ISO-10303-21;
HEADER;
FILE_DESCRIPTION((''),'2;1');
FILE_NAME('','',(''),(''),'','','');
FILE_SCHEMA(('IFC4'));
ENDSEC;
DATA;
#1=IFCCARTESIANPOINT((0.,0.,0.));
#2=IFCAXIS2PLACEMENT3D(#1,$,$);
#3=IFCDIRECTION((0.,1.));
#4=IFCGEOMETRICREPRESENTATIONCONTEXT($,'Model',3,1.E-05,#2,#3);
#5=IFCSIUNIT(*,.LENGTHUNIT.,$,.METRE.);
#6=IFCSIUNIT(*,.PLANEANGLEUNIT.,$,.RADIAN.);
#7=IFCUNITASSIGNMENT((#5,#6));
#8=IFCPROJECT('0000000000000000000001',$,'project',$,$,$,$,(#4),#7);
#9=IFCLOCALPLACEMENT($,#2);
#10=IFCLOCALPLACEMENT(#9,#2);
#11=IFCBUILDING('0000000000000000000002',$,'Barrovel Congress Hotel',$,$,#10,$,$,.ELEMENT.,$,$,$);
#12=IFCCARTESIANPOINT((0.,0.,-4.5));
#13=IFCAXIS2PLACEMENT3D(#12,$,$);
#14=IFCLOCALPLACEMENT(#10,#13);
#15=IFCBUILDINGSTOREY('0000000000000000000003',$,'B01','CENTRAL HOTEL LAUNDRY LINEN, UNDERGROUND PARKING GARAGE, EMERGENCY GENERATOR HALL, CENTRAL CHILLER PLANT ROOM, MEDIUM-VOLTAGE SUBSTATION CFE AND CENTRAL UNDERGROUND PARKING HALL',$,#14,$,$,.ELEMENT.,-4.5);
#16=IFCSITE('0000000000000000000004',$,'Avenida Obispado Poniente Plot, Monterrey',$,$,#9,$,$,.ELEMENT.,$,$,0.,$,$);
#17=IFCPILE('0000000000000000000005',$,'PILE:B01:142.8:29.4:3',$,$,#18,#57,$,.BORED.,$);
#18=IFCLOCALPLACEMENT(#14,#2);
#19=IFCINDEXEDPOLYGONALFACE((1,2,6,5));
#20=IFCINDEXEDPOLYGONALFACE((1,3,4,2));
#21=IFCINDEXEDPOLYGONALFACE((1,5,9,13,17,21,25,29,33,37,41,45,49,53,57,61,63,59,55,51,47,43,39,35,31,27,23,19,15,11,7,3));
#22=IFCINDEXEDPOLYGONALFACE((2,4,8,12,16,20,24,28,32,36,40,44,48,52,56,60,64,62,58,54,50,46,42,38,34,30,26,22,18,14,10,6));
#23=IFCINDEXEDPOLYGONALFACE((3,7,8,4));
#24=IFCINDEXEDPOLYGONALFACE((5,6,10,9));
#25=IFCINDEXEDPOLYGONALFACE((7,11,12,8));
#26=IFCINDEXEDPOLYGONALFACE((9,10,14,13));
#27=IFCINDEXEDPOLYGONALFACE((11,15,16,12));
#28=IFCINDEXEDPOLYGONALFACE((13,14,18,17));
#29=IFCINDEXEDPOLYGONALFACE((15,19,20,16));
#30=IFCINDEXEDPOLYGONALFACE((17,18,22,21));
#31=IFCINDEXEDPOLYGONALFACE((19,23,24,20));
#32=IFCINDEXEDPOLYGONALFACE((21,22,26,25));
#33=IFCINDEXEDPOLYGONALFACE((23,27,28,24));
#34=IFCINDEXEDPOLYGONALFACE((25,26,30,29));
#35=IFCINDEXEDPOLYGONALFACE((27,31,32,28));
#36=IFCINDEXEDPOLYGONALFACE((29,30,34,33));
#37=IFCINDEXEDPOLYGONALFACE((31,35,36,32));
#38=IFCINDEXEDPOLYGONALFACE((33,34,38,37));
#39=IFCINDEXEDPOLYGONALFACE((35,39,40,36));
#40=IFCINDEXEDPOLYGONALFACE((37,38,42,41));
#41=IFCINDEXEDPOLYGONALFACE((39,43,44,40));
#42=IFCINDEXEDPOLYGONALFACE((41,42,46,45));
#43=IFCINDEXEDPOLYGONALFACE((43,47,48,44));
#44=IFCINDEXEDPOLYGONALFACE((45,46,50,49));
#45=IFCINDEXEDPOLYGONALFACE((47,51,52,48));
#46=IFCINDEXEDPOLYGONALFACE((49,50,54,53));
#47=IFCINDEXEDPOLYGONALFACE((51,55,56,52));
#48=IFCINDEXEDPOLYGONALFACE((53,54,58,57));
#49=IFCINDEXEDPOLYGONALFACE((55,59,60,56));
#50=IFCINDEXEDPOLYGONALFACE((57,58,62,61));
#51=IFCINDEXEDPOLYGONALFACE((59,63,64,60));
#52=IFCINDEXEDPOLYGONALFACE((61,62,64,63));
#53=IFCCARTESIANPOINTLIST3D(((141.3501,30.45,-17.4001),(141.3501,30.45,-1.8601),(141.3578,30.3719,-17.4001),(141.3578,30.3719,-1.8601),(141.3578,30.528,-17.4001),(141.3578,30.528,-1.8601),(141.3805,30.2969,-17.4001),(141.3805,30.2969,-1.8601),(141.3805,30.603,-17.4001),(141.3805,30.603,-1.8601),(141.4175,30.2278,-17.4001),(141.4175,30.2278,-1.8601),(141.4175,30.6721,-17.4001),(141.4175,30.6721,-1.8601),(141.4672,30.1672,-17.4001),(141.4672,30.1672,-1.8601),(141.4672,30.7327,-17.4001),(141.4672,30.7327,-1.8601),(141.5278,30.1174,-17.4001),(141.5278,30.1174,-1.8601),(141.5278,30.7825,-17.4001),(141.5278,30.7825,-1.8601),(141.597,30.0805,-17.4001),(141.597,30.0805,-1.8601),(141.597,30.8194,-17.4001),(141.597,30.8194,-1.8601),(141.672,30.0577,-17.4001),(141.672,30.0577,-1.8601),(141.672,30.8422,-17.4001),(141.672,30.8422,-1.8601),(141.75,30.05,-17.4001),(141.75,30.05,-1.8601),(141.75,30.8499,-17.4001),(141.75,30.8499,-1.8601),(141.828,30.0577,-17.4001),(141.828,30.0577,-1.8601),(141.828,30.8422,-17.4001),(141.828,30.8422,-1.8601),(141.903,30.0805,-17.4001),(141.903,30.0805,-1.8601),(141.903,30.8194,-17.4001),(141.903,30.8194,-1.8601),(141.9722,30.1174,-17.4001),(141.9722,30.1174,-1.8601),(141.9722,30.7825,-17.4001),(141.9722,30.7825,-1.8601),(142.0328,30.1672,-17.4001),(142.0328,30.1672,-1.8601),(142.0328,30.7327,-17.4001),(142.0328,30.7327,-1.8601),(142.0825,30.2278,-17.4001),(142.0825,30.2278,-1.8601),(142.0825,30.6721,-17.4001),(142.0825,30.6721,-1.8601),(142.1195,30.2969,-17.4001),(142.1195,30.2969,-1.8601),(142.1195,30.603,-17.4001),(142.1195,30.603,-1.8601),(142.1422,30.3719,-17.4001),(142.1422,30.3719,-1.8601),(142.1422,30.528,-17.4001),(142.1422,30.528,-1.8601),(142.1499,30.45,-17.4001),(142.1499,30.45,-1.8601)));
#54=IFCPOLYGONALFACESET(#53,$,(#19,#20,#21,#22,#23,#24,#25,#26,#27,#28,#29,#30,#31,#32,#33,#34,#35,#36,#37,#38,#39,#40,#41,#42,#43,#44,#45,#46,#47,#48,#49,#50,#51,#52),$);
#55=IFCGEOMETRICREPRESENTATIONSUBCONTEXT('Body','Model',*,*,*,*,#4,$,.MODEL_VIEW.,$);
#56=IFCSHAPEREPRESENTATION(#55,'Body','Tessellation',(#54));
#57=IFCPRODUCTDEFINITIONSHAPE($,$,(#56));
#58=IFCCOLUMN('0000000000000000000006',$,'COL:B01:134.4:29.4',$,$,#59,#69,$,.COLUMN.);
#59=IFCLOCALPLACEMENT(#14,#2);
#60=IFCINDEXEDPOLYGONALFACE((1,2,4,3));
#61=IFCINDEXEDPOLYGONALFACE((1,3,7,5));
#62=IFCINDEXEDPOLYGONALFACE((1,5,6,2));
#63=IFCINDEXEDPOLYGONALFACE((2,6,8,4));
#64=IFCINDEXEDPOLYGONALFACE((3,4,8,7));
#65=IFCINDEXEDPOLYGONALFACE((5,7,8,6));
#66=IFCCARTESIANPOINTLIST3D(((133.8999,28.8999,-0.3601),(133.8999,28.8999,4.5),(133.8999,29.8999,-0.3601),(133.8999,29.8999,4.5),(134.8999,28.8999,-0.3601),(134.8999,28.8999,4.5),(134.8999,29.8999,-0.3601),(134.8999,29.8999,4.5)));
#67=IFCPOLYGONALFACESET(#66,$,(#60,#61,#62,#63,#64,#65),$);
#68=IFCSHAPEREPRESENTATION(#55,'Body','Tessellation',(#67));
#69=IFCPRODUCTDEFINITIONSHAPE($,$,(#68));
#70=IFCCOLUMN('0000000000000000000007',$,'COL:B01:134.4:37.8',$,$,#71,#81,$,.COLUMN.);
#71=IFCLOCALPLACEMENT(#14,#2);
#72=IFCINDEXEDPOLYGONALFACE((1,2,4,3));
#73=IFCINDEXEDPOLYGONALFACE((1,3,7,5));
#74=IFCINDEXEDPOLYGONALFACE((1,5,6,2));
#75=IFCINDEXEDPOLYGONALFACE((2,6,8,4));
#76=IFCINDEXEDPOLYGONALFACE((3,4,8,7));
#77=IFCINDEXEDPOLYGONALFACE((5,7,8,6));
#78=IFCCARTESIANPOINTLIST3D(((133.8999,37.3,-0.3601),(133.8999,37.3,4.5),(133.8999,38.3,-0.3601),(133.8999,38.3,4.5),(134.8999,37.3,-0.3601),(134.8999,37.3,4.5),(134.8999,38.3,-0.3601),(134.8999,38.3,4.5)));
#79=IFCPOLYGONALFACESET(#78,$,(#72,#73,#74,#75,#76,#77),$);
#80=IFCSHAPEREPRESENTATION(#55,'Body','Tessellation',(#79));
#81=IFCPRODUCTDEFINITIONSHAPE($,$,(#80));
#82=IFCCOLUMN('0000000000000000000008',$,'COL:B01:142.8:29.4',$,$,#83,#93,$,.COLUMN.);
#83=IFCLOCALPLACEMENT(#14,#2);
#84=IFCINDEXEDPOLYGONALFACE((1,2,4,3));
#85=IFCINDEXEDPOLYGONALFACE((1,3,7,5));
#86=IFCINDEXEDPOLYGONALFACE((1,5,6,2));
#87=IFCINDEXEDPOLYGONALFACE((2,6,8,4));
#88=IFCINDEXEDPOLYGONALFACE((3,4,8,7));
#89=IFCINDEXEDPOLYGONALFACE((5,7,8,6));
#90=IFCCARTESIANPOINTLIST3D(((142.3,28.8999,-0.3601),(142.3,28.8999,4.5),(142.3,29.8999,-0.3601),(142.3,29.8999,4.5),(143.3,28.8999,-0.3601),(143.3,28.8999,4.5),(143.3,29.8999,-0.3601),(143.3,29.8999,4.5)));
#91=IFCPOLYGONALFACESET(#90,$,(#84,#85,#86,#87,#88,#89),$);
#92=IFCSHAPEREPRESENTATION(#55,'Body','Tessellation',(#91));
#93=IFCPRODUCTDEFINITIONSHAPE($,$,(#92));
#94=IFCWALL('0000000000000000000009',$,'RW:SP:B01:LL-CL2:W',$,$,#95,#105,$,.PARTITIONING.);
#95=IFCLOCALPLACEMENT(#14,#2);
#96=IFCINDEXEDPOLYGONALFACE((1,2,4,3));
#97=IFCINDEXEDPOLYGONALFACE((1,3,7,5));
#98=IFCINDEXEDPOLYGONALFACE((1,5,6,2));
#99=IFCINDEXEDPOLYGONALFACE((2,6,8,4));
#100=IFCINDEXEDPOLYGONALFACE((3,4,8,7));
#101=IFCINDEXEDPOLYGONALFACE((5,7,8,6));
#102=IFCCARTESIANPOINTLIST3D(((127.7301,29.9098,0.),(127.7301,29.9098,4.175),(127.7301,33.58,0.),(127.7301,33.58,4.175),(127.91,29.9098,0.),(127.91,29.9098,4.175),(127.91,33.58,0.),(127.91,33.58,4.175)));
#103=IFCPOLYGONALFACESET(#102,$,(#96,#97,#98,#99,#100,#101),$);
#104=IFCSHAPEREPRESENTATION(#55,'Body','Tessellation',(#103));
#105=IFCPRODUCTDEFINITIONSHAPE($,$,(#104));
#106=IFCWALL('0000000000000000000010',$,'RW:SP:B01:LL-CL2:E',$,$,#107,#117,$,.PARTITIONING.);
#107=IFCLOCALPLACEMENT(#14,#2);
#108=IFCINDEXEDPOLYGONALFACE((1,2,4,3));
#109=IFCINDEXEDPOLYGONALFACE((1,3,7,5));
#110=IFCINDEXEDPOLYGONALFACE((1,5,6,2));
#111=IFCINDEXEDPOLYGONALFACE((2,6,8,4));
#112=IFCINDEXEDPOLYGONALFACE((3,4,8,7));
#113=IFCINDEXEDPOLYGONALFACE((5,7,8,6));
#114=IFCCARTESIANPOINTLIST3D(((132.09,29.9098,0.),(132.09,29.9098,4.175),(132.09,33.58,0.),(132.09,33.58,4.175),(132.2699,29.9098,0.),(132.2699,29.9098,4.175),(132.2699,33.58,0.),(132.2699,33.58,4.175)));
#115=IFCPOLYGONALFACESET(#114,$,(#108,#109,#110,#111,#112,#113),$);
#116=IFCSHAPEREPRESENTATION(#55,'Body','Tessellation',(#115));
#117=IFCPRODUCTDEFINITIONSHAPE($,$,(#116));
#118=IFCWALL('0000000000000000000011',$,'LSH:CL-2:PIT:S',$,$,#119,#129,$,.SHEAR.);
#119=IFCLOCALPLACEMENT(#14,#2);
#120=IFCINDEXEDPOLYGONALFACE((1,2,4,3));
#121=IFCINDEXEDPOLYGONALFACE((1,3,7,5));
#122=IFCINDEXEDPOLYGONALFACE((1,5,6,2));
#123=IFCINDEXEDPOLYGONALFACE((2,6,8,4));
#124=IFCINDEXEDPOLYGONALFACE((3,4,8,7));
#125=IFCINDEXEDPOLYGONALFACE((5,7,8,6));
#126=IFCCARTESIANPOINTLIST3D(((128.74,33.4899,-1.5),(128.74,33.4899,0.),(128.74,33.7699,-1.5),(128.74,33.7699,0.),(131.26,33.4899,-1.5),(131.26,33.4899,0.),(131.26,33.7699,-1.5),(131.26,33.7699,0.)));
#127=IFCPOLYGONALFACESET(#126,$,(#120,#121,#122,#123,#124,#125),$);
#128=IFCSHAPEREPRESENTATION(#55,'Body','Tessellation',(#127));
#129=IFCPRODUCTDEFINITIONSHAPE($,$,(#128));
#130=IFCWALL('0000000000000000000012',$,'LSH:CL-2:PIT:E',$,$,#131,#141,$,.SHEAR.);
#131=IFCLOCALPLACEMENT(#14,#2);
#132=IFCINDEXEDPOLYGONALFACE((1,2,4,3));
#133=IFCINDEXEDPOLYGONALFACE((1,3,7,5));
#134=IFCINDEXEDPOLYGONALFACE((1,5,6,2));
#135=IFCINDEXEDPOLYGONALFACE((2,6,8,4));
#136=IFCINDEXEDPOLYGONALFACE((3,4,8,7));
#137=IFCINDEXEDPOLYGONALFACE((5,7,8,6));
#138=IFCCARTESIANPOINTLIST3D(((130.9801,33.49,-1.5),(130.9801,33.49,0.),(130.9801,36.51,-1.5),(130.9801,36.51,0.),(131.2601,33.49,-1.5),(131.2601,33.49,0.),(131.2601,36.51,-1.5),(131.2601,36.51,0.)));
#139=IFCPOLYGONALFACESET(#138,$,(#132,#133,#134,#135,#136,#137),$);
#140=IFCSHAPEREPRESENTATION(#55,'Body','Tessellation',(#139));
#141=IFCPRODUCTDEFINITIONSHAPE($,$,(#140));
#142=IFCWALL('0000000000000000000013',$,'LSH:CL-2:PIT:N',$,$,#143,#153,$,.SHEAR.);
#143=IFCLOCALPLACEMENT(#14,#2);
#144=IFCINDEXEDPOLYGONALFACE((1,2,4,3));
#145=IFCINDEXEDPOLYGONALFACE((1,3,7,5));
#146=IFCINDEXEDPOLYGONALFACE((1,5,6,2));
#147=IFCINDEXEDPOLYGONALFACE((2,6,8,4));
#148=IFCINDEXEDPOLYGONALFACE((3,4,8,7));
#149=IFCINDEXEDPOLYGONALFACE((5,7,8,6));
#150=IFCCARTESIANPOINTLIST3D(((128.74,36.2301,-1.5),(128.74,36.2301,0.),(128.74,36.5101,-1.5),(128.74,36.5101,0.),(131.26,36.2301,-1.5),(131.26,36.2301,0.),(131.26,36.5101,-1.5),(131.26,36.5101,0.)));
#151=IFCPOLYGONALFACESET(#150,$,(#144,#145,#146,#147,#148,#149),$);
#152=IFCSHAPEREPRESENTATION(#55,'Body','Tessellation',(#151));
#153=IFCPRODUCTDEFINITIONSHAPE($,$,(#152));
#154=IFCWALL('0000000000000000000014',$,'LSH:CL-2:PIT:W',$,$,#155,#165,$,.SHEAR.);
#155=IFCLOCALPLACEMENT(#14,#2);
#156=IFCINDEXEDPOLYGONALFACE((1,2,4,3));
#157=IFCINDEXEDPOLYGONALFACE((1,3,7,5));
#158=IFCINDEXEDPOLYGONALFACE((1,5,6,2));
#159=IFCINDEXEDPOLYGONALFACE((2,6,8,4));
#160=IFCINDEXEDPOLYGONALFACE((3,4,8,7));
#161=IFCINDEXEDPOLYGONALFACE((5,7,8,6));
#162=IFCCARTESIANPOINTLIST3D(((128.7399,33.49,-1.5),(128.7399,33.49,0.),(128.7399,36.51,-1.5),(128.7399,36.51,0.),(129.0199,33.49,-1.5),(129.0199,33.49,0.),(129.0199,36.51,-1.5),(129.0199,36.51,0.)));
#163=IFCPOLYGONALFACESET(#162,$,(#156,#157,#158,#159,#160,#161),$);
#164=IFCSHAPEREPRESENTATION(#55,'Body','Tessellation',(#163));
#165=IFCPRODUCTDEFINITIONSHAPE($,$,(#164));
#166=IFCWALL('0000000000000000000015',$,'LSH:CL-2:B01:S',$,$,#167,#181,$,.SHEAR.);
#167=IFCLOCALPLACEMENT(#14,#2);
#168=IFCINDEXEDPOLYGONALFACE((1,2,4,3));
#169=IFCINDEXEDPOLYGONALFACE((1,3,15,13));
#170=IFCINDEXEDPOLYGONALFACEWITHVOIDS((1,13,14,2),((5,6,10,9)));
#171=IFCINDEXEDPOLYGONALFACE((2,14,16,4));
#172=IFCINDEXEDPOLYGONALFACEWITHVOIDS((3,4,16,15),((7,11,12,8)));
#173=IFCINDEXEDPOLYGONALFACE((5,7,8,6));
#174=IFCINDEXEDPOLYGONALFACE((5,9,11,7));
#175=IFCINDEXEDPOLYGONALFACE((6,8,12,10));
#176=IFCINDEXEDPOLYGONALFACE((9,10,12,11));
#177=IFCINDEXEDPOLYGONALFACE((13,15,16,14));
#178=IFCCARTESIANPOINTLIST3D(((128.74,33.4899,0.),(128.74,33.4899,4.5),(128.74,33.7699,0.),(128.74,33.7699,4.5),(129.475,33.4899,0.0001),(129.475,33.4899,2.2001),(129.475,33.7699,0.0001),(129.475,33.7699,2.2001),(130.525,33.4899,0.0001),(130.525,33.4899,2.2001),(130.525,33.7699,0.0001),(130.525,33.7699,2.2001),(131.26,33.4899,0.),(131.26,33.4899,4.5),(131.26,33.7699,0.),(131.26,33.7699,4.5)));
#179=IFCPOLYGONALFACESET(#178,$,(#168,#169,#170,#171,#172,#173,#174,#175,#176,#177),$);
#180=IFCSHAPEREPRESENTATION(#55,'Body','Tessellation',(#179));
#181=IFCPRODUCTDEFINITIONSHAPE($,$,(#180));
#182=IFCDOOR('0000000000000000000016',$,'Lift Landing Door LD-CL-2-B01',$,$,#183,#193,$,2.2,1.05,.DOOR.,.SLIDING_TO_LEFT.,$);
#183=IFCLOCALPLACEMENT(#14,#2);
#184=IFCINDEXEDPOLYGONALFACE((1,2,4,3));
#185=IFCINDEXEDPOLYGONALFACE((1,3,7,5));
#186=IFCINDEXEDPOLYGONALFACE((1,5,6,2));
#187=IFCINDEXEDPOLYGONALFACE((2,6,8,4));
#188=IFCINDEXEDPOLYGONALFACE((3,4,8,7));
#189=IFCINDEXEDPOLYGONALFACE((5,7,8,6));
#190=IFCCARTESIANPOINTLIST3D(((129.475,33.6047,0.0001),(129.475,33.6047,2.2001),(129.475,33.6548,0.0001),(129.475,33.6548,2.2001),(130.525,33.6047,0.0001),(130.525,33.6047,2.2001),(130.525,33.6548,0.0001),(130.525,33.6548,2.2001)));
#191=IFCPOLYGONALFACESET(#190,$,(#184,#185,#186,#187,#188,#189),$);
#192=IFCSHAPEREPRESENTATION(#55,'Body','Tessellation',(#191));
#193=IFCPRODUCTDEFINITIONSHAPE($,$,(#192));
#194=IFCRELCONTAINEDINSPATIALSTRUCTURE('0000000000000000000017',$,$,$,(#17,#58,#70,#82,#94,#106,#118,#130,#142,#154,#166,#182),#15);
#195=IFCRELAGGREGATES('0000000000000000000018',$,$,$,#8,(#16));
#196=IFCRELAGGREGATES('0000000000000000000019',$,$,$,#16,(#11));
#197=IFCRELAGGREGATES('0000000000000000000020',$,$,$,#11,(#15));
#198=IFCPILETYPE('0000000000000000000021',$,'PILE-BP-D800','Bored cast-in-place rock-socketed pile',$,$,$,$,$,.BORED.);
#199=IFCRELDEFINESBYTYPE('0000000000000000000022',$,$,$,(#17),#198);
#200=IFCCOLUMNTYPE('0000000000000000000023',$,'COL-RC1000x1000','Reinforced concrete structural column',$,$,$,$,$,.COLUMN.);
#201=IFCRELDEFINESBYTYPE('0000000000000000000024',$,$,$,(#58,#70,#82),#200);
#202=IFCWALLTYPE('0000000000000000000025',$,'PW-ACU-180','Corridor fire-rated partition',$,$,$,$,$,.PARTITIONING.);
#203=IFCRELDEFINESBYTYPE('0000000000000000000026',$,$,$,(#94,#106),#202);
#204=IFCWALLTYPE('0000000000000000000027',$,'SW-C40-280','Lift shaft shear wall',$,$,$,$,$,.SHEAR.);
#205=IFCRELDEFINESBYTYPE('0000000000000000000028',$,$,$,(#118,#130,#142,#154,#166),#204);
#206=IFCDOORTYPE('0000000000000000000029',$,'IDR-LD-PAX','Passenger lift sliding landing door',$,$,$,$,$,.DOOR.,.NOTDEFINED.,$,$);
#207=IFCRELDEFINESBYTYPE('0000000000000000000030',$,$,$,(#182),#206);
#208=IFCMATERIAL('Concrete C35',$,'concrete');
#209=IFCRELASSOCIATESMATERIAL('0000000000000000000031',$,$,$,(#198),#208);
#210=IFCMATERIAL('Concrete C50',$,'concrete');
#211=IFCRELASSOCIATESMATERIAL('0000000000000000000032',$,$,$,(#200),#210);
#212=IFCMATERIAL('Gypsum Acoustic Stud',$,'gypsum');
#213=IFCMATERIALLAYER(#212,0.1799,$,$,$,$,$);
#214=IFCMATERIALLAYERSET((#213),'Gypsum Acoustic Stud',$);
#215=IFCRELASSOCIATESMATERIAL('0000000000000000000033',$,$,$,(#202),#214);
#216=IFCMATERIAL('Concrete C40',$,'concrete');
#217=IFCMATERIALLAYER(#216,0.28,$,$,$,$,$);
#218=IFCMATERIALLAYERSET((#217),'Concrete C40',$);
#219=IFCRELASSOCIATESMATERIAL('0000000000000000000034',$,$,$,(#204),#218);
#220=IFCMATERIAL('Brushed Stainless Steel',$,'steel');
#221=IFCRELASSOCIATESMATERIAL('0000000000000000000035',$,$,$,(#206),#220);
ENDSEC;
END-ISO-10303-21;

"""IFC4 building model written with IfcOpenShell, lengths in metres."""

from ifc_helpers import new_model, si_unit, direction, frame, frame_2d, origin, origin_2d, place, context, subcontext, project, spatial, rectangle, circle, extrude, material, layer, layer_set, material_profile, profile_set, type_object, element, fill, save


model = new_model("IFC4")

# Units and contexts
model_context = context("Model", 3, precision=1e-05, world=origin(), true_north=direction((0.0, 1.0)))
body_context = subcontext(model_context, "Body", "Model", "MODEL_VIEW")
ifc_project = project(units=[si_unit("LENGTHUNIT", "METRE"), si_unit("PLANEANGLEUNIT", "RADIAN")], contexts=[model_context])

# Site, building, storey
site_placement = place(None, origin())
site = spatial("IfcSite", under=ifc_project, at=site_placement, Name="Avenida Obispado Poniente Plot, Monterrey", CompositionType="ELEMENT", RefElevation=0.0)
building_placement = place(site_placement, origin())
building = spatial("IfcBuilding", under=site, at=building_placement, Name="Barrovel Congress Hotel", CompositionType="ELEMENT")
storey_placement = place(building_placement, frame((0.0, 0.0, -4.5)))
storey = spatial("IfcBuildingStorey", under=building, at=storey_placement, Name="B01", Description="CENTRAL HOTEL LAUNDRY LINEN, UNDERGROUND PARKING GARAGE, EMERGENCY GENERATOR HALL, CENTRAL CHILLER PLANT ROOM, MEDIUM-VOLTAGE SUBSTATION CFE AND CENTRAL UNDERGROUND PARKING HALL", CompositionType="ELEMENT", Elevation=-4.5)

# Shared definitions
ifc_material_1 = material(Name="Concrete C40", Category="concrete")

# Pile
ifc_material_2 = material(Name="Concrete C35", Category="concrete")
ifc_material_profile_1 = material_profile(ifc_material_2, circle(Radius=0.3999, at=origin_2d()), Name="BP-D800")
ifc_profile_set_1 = profile_set([ifc_material_profile_1], Name="Concrete C35")
pile_type = type_object("IfcPileType", Name="PILE-BP-D800", Description="Bored cast-in-place rock-socketed pile", PredefinedType="BORED", material=ifc_profile_set_1)
pile_1_placement = place(storey_placement, frame((141.75, 30.45, -1.8601), z_axis=(0.0, 0.0, -1.0), x_axis=(1.0, 0.0, 0.0)))
element("IfcPile", 1, at=pile_1_placement, inside=storey, type_object=pile_type, Name="PILE:B01:142.8:29.4:3", PredefinedType="BORED", context=body_context, shape_type="SweptSolid", body=[
    extrude(circle(Radius=0.3999, at=origin_2d()), origin(), (0.0, 0.0, 1.0), 15.54),
])

# Columns
ifc_material_3 = material(Name="Concrete C50", Category="concrete")
ifc_material_profile_2 = material_profile(ifc_material_3, rectangle(XDim=1.0, YDim=1.0, at=origin_2d()), Name="RC1000x1000")
ifc_profile_set_2 = profile_set([ifc_material_profile_2], Name="Concrete C50")
column_type = type_object("IfcColumnType", Name="COL-RC1000x1000", Description="Reinforced concrete structural column", PredefinedType="COLUMN", material=ifc_profile_set_2)
for number, where, z_axis, x_axis, name in (
    (2, (134.3999, 29.3999, -0.3601), (0.0, 0.0, 1.0), (1.0, 0.0, 0.0), "COL:B01:134.4:29.4"),
    (3, (134.3999, 37.8, -0.3601), (0.0, 0.0, 1.0), (1.0, 0.0, 0.0), "COL:B01:134.4:37.8"),
    (4, (142.8, 29.3999, -0.3601), (0.0, 0.0, 1.0), (1.0, 0.0, 0.0), "COL:B01:142.8:29.4"),
):
    element("IfcColumn", number, at=place(storey_placement, frame(where, z_axis=z_axis, x_axis=x_axis)), inside=storey, type_object=column_type, Name=name, PredefinedType="COLUMN", context=body_context, shape_type="SweptSolid", body=[
        extrude(rectangle(XDim=1.0, YDim=1.0, at=origin_2d()), origin(), (0.0, 0.0, 1.0), 4.8601),
    ])

# Shared definitions
ifc_material_4 = material(Name="Gypsum Acoustic Stud", Category="gypsum")
ifc_layer_1 = layer(ifc_material_4, 0.1799)
ifc_layer_set_1 = layer_set([ifc_layer_1], Name="Gypsum Acoustic Stud")
wall_type_1 = type_object("IfcWallType", Name="PW-ACU-180", Description="Corridor fire-rated partition", PredefinedType="PARTITIONING", material=ifc_layer_set_1)

# Walls
for number, where, z_axis, x_axis, name in (
    (5, (127.8201, 29.9099, 0.0), (0.0, 0.0, 1.0), (0.0, 1.0, 0.0), "RW:SP:B01:LL-CL2:W"),
    (6, (132.1799, 29.9099, 0.0), (0.0, 0.0, 1.0), (0.0, 1.0, 0.0), "RW:SP:B01:LL-CL2:E"),
):
    element("IfcWall", number, at=place(storey_placement, frame(where, z_axis=z_axis, x_axis=x_axis)), inside=storey, type_object=wall_type_1, Name=name, PredefinedType="PARTITIONING", context=body_context, shape_type="SweptSolid", body=[
        extrude(rectangle(XDim=3.6702, YDim=0.1799, at=frame_2d((1.835, 0.0))), origin(), (0.0, 0.0, 1.0), 4.175),
    ])
ifc_layer_2 = layer(ifc_material_1, 0.28)
ifc_layer_set_2 = layer_set([ifc_layer_2], Name="Concrete C40")
wall_type_2 = type_object("IfcWallType", Name="SW-C40-280", Description="Lift shaft shear wall", PredefinedType="SHEAR", material=ifc_layer_set_2)
wall_1_placement = place(storey_placement, frame((128.74, 33.6299, -1.5), z_axis=(0.0, 0.0, 1.0), x_axis=(1.0, 0.0, 0.0)))
element("IfcWall", 7, at=wall_1_placement, inside=storey, type_object=wall_type_2, Name="LSH:CL-2:PIT:S", PredefinedType="SHEAR", context=body_context, shape_type="SweptSolid", body=[
    extrude(rectangle(XDim=2.52, YDim=0.28, at=frame_2d((1.26, 0.0))), origin(), (0.0, 0.0, 1.0), 1.5),
])
wall_2_placement = place(storey_placement, frame((131.1201, 33.49, -1.5), z_axis=(0.0, 0.0, 1.0), x_axis=(0.0, 1.0, 0.0)))
element("IfcWall", 8, at=wall_2_placement, inside=storey, type_object=wall_type_2, Name="LSH:CL-2:PIT:E", PredefinedType="SHEAR", context=body_context, shape_type="SweptSolid", body=[
    extrude(rectangle(XDim=3.02, YDim=0.28, at=frame_2d((1.51, 0.0))), origin(), (0.0, 0.0, 1.0), 1.5),
])
wall_3_placement = place(storey_placement, frame((131.26, 36.3701, -1.5), z_axis=(0.0, 0.0, 1.0), x_axis=(-1.0, 0.0, 0.0)))
element("IfcWall", 9, at=wall_3_placement, inside=storey, type_object=wall_type_2, Name="LSH:CL-2:PIT:N", PredefinedType="SHEAR", context=body_context, shape_type="SweptSolid", body=[
    extrude(rectangle(XDim=2.52, YDim=0.28, at=frame_2d((1.26, 0.0))), origin(), (0.0, 0.0, 1.0), 1.5),
])
wall_4_placement = place(storey_placement, frame((128.8799, 36.51, -1.5), z_axis=(0.0, 0.0, 1.0), x_axis=(0.0, -1.0, 0.0)))
element("IfcWall", 10, at=wall_4_placement, inside=storey, type_object=wall_type_2, Name="LSH:CL-2:PIT:W", PredefinedType="SHEAR", context=body_context, shape_type="SweptSolid", body=[
    extrude(rectangle(XDim=3.02, YDim=0.28, at=frame_2d((1.51, 0.0))), origin(), (0.0, 0.0, 1.0), 1.5),
])

# Wall, opening, door
wall_5_placement = place(storey_placement, frame((128.74, 33.6299, 0.0), z_axis=(0.0, 0.0, 1.0), x_axis=(1.0, 0.0, 0.0)))
wall_5 = element("IfcWall", 11, at=wall_5_placement, inside=storey, type_object=wall_type_2, Name="LSH:CL-2:B01:S", PredefinedType="SHEAR", context=body_context, shape_type="SweptSolid", body=[
    extrude(rectangle(XDim=2.52, YDim=0.28, at=frame_2d((1.26, 0.0))), origin(), (0.0, 0.0, 1.0), 4.5),
])
opening_1_placement = place(wall_5_placement, frame((0.7351, 0.0, 0.0)))
opening_1 = element("IfcOpeningElement", 12, at=opening_1_placement, cuts=wall_5, PredefinedType="OPENING", context=body_context, shape_type="SweptSolid", body=[
    extrude(rectangle(XDim=1.05, YDim=2.2, at=frame_2d((0.5249, 1.1001))), frame((0.0, 0.1499, 0.0), z_axis=(0.0, -1.0, 0.0), x_axis=(1.0, 0.0, 0.0)), (0.0, 0.0, 1.0), 0.3),
])
ifc_material_5 = material(Name="Brushed Stainless Steel", Category="steel")
door_type_1 = type_object("IfcDoorType", Name="IDR-LD-PAX", Description="Passenger lift sliding landing door", OperationType="NOTDEFINED", PredefinedType="DOOR", material=ifc_material_5)
door_1_placement = place(opening_1_placement, origin())
door_1 = element("IfcDoor", 13, at=door_1_placement, inside=storey, type_object=door_type_1, Name="Lift Landing Door LD-CL-2-B01", OperationType="SLIDING_TO_LEFT", OverallHeight=2.2, OverallWidth=1.05, PredefinedType="DOOR", context=body_context, shape_type="SweptSolid", body=[
    extrude(rectangle(XDim=1.05, YDim=2.2, at=frame_2d((0.5249, 1.1001))), frame((0.0, 0.0249, 0.0), z_axis=(0.0, -1.0, 0.0), x_axis=(1.0, 0.0, 0.0)), (0.0, 0.0, 1.0), 0.05),
])
fill(opening_1, door_1)

save(model, "model.ifc")
